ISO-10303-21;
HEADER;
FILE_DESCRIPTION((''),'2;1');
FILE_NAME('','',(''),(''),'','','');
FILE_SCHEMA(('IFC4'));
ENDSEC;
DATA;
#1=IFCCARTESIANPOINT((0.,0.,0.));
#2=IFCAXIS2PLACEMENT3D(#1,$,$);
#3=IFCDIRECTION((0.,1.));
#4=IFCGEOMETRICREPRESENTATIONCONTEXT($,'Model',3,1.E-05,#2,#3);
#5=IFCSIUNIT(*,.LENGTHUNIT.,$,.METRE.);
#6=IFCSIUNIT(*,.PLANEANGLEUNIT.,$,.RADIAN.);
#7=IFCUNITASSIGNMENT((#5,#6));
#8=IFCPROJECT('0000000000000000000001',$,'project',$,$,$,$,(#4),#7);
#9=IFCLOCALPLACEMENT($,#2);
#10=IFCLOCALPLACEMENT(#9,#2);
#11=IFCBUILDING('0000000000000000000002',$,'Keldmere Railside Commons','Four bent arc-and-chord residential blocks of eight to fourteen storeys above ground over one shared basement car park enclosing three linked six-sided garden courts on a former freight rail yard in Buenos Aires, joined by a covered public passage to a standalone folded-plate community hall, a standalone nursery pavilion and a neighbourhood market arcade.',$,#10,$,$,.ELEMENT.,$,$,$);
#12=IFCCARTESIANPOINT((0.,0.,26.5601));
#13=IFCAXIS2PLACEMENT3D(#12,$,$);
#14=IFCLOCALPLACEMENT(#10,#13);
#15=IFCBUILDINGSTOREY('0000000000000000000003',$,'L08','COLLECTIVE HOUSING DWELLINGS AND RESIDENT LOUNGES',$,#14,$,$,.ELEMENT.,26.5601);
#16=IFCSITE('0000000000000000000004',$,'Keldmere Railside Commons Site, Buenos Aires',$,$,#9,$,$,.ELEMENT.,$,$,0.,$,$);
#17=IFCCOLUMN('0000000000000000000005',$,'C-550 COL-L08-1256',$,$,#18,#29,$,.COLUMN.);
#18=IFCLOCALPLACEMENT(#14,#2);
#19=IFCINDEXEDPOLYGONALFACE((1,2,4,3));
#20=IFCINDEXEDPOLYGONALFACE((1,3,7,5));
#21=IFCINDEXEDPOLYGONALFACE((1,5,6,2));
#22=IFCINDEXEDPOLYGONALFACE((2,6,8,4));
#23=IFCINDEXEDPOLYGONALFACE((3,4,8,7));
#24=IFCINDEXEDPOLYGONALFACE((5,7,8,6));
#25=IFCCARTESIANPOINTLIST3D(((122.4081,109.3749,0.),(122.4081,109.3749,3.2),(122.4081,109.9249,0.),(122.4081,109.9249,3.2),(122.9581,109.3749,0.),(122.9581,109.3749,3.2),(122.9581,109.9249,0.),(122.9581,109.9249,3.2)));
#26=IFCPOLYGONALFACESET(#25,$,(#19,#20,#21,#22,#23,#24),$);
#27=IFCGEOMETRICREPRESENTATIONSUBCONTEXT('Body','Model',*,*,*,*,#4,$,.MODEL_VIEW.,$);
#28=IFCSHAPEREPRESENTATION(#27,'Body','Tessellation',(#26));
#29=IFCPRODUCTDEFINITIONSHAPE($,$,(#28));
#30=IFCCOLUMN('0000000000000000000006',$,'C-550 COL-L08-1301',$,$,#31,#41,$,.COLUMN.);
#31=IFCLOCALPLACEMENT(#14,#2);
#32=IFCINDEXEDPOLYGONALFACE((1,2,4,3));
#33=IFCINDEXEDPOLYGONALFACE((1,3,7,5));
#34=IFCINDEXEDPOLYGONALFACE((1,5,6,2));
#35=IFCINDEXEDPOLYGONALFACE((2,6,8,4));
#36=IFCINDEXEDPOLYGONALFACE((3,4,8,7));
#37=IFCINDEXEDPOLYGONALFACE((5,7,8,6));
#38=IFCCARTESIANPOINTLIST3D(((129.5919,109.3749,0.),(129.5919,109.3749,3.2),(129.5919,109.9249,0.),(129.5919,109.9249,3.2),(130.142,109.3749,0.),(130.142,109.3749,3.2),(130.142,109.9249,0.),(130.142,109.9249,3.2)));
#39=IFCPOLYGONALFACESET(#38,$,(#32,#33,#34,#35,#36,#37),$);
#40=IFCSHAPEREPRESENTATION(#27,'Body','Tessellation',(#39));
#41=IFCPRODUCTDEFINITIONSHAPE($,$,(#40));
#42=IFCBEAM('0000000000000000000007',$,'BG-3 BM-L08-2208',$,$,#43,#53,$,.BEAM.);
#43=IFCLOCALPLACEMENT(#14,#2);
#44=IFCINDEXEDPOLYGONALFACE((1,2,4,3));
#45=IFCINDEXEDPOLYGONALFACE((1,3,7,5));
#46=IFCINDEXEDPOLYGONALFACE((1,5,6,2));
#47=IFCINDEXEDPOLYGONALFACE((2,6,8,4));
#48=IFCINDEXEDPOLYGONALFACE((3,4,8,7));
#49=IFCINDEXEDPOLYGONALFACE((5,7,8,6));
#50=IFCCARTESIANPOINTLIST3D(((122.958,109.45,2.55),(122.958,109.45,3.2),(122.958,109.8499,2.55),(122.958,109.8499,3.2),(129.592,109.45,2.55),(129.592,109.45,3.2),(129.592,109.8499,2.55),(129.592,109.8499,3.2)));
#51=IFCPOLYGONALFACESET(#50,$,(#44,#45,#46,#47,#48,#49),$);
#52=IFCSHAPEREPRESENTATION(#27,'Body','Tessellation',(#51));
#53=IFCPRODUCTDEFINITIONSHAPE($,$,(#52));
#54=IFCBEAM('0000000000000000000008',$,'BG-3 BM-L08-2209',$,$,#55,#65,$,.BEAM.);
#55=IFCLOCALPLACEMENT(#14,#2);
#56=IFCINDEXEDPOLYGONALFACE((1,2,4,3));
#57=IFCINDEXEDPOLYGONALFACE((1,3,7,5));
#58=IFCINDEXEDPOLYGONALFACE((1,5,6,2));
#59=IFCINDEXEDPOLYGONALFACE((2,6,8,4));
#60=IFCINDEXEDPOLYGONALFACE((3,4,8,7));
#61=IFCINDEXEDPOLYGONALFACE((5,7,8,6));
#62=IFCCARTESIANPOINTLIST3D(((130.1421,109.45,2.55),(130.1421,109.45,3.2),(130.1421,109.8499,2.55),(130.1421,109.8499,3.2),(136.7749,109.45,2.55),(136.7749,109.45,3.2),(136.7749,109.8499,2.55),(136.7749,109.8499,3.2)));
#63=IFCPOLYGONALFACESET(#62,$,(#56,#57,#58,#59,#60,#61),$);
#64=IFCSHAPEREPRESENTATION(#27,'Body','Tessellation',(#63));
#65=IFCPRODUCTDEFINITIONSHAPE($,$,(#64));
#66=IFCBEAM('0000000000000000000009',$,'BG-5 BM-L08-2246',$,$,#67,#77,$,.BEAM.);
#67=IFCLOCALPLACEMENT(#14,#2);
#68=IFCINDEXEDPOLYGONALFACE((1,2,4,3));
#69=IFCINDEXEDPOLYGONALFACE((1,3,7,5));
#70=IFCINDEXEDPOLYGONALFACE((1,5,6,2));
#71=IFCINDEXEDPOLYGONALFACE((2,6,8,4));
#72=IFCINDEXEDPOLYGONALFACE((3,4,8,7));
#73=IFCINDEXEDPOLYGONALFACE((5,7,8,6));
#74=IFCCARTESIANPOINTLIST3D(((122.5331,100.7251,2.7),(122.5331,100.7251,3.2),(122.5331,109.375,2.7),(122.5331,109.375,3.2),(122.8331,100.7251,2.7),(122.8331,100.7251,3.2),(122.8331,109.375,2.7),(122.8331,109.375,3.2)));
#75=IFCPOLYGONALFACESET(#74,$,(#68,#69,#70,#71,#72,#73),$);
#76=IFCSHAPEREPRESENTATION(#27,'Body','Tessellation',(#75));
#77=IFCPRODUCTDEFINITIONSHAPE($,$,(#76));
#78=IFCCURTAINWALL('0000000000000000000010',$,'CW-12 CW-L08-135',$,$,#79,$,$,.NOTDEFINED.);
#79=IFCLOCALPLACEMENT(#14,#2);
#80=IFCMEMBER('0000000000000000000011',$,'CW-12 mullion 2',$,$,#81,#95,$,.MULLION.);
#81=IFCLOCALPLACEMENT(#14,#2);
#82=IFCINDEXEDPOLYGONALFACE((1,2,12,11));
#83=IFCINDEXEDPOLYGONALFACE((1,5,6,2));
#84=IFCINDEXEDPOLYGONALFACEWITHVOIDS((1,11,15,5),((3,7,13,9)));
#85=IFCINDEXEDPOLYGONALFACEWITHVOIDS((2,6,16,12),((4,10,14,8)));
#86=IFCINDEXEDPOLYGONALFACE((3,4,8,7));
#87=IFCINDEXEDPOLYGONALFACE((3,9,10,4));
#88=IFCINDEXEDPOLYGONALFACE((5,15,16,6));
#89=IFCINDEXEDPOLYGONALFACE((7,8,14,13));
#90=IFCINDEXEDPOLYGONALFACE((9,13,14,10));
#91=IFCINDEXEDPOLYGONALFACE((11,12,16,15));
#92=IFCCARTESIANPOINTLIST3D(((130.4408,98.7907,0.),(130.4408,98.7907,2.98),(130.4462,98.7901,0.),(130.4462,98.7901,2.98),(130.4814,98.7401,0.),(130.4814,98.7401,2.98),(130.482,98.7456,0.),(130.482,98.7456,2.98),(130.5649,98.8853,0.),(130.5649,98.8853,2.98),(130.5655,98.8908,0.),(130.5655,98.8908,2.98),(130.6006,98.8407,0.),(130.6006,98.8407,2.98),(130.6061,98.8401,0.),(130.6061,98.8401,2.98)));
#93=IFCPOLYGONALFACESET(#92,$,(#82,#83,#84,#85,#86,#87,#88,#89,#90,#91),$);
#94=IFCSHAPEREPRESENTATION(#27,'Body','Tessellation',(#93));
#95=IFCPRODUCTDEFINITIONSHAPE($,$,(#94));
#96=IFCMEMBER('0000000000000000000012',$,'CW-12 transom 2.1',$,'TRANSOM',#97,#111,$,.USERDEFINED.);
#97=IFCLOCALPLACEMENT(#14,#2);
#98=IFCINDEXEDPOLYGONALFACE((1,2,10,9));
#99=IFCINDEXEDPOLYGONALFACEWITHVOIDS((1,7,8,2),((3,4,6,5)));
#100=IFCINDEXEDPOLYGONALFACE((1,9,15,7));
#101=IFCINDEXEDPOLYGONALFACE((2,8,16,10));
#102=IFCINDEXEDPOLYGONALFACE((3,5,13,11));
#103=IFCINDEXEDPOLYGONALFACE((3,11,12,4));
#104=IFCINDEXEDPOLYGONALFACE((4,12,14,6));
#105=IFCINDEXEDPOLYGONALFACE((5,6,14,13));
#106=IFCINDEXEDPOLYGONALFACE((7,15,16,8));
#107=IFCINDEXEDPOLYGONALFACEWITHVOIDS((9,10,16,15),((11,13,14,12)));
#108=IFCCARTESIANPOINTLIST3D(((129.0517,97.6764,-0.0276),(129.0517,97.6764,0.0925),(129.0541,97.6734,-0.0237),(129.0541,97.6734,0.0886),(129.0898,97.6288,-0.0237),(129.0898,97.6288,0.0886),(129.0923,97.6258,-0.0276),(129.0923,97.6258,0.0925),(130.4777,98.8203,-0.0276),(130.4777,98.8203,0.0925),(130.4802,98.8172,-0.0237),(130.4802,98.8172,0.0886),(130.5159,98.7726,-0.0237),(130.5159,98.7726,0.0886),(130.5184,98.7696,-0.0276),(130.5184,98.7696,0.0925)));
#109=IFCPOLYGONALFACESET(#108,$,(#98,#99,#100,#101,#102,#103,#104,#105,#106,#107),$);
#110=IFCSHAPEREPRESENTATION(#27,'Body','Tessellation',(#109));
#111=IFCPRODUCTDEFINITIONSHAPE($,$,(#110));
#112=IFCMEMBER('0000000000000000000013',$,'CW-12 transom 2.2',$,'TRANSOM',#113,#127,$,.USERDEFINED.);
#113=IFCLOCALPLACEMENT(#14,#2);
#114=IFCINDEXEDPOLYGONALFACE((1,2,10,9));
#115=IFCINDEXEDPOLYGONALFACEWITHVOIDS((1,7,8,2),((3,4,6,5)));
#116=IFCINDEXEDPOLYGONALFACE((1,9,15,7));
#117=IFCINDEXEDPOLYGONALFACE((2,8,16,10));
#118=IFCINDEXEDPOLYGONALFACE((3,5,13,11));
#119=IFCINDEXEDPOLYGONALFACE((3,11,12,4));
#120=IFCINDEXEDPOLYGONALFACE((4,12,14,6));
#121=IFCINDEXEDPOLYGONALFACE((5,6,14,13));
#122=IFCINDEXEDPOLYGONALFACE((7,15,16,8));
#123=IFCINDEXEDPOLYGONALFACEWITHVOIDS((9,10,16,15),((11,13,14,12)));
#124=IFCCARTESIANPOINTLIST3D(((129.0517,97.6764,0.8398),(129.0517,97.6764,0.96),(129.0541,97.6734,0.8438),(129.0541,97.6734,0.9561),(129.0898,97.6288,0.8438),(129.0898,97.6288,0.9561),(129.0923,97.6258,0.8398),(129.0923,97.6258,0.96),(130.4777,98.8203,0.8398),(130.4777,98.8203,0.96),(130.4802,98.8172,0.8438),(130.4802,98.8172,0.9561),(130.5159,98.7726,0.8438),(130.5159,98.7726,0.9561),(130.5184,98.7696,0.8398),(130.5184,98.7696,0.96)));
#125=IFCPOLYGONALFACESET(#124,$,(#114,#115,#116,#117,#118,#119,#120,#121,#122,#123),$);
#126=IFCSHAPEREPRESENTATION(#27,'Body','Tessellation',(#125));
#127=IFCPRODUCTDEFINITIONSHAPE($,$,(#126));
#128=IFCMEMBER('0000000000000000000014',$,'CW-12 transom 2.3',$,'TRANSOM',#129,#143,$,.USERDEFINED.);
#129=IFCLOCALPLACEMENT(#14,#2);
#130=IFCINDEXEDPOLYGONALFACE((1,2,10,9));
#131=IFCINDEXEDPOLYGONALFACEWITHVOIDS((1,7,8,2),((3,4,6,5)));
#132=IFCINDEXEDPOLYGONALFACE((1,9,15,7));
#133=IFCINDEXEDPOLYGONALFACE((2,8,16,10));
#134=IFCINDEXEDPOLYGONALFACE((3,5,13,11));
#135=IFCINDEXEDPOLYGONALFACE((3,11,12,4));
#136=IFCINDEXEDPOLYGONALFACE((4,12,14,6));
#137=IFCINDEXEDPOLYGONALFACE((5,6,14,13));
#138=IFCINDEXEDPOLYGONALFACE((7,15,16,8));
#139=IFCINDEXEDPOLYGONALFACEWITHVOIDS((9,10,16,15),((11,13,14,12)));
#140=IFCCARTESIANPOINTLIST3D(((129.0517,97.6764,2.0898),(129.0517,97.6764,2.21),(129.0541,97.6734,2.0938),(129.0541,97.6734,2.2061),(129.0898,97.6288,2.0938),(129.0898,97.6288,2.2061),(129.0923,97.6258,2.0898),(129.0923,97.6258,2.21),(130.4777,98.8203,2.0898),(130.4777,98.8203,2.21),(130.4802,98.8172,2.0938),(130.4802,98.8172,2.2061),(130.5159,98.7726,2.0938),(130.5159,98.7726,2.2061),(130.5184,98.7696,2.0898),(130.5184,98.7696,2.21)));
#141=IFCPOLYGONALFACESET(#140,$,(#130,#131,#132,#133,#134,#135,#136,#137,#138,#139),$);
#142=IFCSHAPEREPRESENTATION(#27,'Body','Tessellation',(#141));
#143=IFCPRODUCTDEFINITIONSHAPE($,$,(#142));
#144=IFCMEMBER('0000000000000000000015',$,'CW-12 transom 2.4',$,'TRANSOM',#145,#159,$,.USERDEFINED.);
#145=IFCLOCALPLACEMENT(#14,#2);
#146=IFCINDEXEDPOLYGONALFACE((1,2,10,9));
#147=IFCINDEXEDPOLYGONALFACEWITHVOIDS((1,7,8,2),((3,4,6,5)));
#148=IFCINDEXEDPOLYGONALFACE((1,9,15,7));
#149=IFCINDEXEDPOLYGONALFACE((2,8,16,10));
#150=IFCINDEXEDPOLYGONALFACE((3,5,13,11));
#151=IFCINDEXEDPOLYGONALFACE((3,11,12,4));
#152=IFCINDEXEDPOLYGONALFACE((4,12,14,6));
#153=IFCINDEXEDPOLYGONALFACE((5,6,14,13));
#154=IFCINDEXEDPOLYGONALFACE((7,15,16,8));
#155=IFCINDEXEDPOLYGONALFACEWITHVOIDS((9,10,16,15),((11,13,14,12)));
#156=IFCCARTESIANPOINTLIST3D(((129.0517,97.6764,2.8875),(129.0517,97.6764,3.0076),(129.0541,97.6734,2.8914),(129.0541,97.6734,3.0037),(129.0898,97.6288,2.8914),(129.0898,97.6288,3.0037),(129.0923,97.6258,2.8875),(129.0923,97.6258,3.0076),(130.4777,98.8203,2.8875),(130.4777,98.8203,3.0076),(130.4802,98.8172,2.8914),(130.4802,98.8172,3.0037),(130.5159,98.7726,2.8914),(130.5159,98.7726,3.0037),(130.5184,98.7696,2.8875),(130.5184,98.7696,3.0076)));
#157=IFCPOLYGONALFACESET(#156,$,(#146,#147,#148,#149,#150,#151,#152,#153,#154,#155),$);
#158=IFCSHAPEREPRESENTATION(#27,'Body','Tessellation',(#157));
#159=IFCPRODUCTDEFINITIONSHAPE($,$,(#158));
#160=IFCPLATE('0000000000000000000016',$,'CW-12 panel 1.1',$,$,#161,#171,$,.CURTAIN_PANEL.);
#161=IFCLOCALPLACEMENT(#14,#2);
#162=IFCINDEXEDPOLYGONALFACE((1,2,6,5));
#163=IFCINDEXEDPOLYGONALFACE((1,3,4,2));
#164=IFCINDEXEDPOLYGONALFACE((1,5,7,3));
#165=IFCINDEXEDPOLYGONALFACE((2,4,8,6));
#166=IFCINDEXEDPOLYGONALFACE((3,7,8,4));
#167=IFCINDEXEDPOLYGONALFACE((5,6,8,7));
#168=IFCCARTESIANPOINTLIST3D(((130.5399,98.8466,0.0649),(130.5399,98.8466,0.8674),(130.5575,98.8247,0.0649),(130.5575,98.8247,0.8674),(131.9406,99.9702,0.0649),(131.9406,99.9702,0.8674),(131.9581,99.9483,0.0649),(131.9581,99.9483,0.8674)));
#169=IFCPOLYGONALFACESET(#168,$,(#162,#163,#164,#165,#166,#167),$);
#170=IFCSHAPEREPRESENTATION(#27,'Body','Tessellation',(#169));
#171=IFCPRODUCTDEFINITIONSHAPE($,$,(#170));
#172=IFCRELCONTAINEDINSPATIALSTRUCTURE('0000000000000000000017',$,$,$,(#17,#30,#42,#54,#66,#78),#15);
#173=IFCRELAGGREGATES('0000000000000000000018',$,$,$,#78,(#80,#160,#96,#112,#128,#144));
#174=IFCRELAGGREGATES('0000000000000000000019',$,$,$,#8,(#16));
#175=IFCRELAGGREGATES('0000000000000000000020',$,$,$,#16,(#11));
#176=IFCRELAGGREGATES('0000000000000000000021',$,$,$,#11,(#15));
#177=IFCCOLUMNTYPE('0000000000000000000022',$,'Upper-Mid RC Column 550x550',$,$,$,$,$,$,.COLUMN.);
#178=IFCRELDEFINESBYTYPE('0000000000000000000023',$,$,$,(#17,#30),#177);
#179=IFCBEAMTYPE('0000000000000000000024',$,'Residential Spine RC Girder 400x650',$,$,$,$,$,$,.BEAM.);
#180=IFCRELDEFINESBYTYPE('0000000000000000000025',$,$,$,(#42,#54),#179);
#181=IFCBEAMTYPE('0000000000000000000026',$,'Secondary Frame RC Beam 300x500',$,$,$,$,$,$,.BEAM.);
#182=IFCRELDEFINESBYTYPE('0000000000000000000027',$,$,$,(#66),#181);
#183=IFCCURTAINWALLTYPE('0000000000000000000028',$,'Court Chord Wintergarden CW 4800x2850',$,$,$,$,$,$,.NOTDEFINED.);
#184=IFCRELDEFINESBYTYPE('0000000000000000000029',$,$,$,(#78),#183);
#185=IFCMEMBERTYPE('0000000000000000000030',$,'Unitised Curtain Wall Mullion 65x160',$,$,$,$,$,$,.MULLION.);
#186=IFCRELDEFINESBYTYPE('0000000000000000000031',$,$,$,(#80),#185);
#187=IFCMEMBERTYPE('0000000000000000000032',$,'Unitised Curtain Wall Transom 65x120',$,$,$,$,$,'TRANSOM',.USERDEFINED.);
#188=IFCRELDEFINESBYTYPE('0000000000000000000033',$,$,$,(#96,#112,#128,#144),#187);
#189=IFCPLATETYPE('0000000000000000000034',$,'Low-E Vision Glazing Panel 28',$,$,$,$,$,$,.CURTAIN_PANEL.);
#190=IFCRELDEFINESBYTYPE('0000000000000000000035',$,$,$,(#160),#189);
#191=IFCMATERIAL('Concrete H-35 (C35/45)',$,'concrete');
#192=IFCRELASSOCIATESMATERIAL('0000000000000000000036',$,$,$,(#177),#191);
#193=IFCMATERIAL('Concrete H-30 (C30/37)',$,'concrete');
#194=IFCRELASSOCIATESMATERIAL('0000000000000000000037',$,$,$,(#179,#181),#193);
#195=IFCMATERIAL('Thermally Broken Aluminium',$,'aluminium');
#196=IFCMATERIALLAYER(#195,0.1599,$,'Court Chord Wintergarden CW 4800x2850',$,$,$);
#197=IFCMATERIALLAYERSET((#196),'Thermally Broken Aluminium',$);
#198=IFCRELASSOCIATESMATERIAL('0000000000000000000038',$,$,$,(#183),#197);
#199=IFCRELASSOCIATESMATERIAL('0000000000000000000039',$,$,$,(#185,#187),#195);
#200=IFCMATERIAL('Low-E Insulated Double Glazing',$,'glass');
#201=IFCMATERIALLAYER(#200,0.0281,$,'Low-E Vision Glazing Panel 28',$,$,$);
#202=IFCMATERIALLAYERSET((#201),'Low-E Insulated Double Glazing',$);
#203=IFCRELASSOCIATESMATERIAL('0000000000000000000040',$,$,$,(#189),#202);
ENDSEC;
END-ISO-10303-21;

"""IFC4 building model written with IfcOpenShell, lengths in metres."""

from ifc_helpers import new_model, si_unit, direction, frame, origin, origin_2d, place, context, subcontext, project, spatial, rectangle, hollow_rectangle, extrude, material, layer, layer_set, material_profile, profile_set, type_object, element, aggregate, save


model = new_model("IFC4")

# Units and contexts
model_context = context("Model", 3, precision=1e-05, world=origin(), true_north=direction((0.0, 1.0)))
body_context = subcontext(model_context, "Body", "Model", "MODEL_VIEW")
ifc_project = project(units=[si_unit("LENGTHUNIT", "METRE"), si_unit("PLANEANGLEUNIT", "RADIAN")], contexts=[model_context])

# Site, building, storey
site_placement = place(None, origin())
site = spatial("IfcSite", under=ifc_project, at=site_placement, Name="Keldmere Railside Commons Site, Buenos Aires", CompositionType="ELEMENT", RefElevation=0.0)
building_placement = place(site_placement, origin())
building = spatial("IfcBuilding", under=site, at=building_placement, Name="Keldmere Railside Commons", Description="Four bent arc-and-chord residential blocks of eight to fourteen storeys above ground over one shared basement car park enclosing three linked six-sided garden courts on a former freight rail yard in Buenos Aires, joined by a covered public passage to a standalone folded-plate community hall, a standalone nursery pavilion and a neighbourhood market arcade.", CompositionType="ELEMENT")
storey_placement = place(building_placement, frame((0.0, 0.0, 26.5601)))
storey = spatial("IfcBuildingStorey", under=building, at=storey_placement, Name="L08", Description="COLLECTIVE HOUSING DWELLINGS AND RESIDENT LOUNGES", CompositionType="ELEMENT", Elevation=26.5601)

# Columns
ifc_material_1 = material(Name="Concrete H-35 (C35/45)", Category="concrete")
ifc_material_profile_1 = material_profile(ifc_material_1, rectangle(XDim=0.55, YDim=0.55, at=origin_2d()), Name="RC-550x550")
ifc_profile_set_1 = profile_set([ifc_material_profile_1], Name="Concrete H-35 (C35/45)")
column_type = type_object("IfcColumnType", Name="Upper-Mid RC Column 550x550", PredefinedType="COLUMN", material=ifc_profile_set_1)
for number, where, z_axis, x_axis, name in (
    (1, (122.6831, 109.6499, 0.0), (0.0, 0.0, 1.0), (1.0, 0.0, 0.0), "C-550 COL-L08-1256"),
    (2, (129.8669, 109.6499, 0.0), (0.0, 0.0, 1.0), (1.0, 0.0, 0.0), "C-550 COL-L08-1301"),
):
    element("IfcColumn", number, at=place(storey_placement, frame(where, z_axis=z_axis, x_axis=x_axis)), inside=storey, type_object=column_type, Name=name, PredefinedType="COLUMN", context=body_context, shape_type="SweptSolid", body=[
        extrude(rectangle(XDim=0.55, YDim=0.55, at=origin_2d()), origin(), (0.0, 0.0, 1.0), 3.2),
    ])

# Beams
ifc_material_2 = material(Name="Concrete H-30 (C30/37)", Category="concrete")
ifc_material_profile_2 = material_profile(ifc_material_2, rectangle(XDim=0.3999, YDim=0.6499, at=origin_2d()), Name="RC-400x650")
ifc_profile_set_2 = profile_set([ifc_material_profile_2], Name="Concrete H-30 (C30/37)")
beam_type_1 = type_object("IfcBeamType", Name="Residential Spine RC Girder 400x650", PredefinedType="BEAM", material=ifc_profile_set_2)
beam_1_placement = place(storey_placement, frame((122.958, 109.6499, 2.875), z_axis=(1.0, 0.0, 0.0), x_axis=(0.0, 1.0, 0.0)))
element("IfcBeam", 3, at=beam_1_placement, inside=storey, type_object=beam_type_1, Name="BG-3 BM-L08-2208", PredefinedType="BEAM", context=body_context, shape_type="SweptSolid", body=[
    extrude(rectangle(XDim=0.3999, YDim=0.6499, at=origin_2d()), origin(), (0.0, 0.0, 1.0), 6.634),
])
beam_2_placement = place(storey_placement, frame((130.1421, 109.6499, 2.875), z_axis=(1.0, 0.0, 0.0), x_axis=(0.0, 1.0, 0.0)))
element("IfcBeam", 4, at=beam_2_placement, inside=storey, type_object=beam_type_1, Name="BG-3 BM-L08-2209", PredefinedType="BEAM", context=body_context, shape_type="SweptSolid", body=[
    extrude(rectangle(XDim=0.3999, YDim=0.6499, at=origin_2d()), origin(), (0.0, 0.0, 1.0), 6.6328),
])
ifc_material_profile_3 = material_profile(ifc_material_2, rectangle(XDim=0.3, YDim=0.5, at=origin_2d()), Name="RC-300x500")
ifc_profile_set_3 = profile_set([ifc_material_profile_3], Name="Concrete H-30 (C30/37)")
beam_type_2 = type_object("IfcBeamType", Name="Secondary Frame RC Beam 300x500", PredefinedType="BEAM", material=ifc_profile_set_3)
beam_3_placement = place(storey_placement, frame((122.6831, 100.7251, 2.95), z_axis=(0.0, 1.0, 0.0), x_axis=(-1.0, 0.0, 0.0)))
element("IfcBeam", 5, at=beam_3_placement, inside=storey, type_object=beam_type_2, Name="BG-5 BM-L08-2246", PredefinedType="BEAM", context=body_context, shape_type="SweptSolid", body=[
    extrude(rectangle(XDim=0.3, YDim=0.5, at=origin_2d()), origin(), (0.0, 0.0, 1.0), 8.6499),
])

# Curtain wall, members, plate
ifc_material_3 = material(Name="Thermally Broken Aluminium", Category="aluminium")
ifc_layer_1 = layer(ifc_material_3, 0.1599, Name="Court Chord Wintergarden CW 4800x2850")
ifc_layer_set_1 = layer_set([ifc_layer_1], Name="Thermally Broken Aluminium")
curtain_wall_type = type_object("IfcCurtainWallType", Name="Court Chord Wintergarden CW 4800x2850", PredefinedType="NOTDEFINED", material=ifc_layer_set_1)
curtain_wall_placement = place(storey_placement, origin())
curtain_wall = element("IfcCurtainWall", 6, at=curtain_wall_placement, inside=storey, type_object=curtain_wall_type, Name="CW-12 CW-L08-135", PredefinedType="NOTDEFINED")
ifc_material_profile_4 = material_profile(ifc_material_3, hollow_rectangle(XDim=0.0649, YDim=0.1599, WallThickness=0.0039, at=origin_2d()), Name="ALU-MULL-65x160")
ifc_profile_set_4 = profile_set([ifc_material_profile_4], Name="Thermally Broken Aluminium")
member_type_1 = type_object("IfcMemberType", Name="Unitised Curtain Wall Mullion 65x160", PredefinedType="MULLION", material=ifc_profile_set_4)
member_1_placement = place(storey_placement, frame((130.5234, 98.8154, 0.0), z_axis=(0.0, 0.0, 1.0), x_axis=(0.625768, -0.780009, 0.0)))
member_1 = element("IfcMember", 7, at=member_1_placement, type_object=member_type_1, Name="CW-12 mullion 2", PredefinedType="MULLION", context=body_context, shape_type="SweptSolid", body=[
    extrude(hollow_rectangle(XDim=0.0649, YDim=0.1599, WallThickness=0.0039, at=origin_2d()), origin(), (0.0, 0.0, 1.0), 2.98),
])
ifc_material_profile_5 = material_profile(ifc_material_3, hollow_rectangle(XDim=0.0649, YDim=0.1201, WallThickness=0.0039, at=origin_2d()), Name="ALU-TRAN-65x120")
ifc_profile_set_5 = profile_set([ifc_material_profile_5], Name="Thermally Broken Aluminium")
member_type_2 = type_object("IfcMemberType", Name="Unitised Curtain Wall Transom 65x120", ElementType="TRANSOM", PredefinedType="USERDEFINED", material=ifc_profile_set_5)
member_2_placement = place(storey_placement, frame((130.498, 98.7949, 0.0325), z_axis=(-0.780073, -0.625688, 0.0), x_axis=(0.625688, -0.780073, 0.0)))
member_2 = element("IfcMember", 8, at=member_2_placement, type_object=member_type_2, Name="CW-12 transom 2.1", ObjectType="TRANSOM", PredefinedType="USERDEFINED", context=body_context, shape_type="SweptSolid", body=[
    extrude(hollow_rectangle(XDim=0.0649, YDim=0.1201, WallThickness=0.0039, at=origin_2d()), origin(), (0.0, 0.0, 1.0), 1.8281),
])
member_3_placement = place(storey_placement, frame((130.498, 98.7949, 0.8999), z_axis=(-0.780073, -0.625688, 0.0), x_axis=(0.625688, -0.780073, 0.0)))
member_3 = element("IfcMember", 9, at=member_3_placement, type_object=member_type_2, Name="CW-12 transom 2.2", ObjectType="TRANSOM", PredefinedType="USERDEFINED", context=body_context, shape_type="SweptSolid", body=[
    extrude(hollow_rectangle(XDim=0.0649, YDim=0.1201, WallThickness=0.0039, at=origin_2d()), origin(), (0.0, 0.0, 1.0), 1.8281),
])
member_4_placement = place(storey_placement, frame((130.498, 98.7949, 2.1499), z_axis=(-0.780073, -0.625688, 0.0), x_axis=(0.625688, -0.780073, 0.0)))
member_4 = element("IfcMember", 10, at=member_4_placement, type_object=member_type_2, Name="CW-12 transom 2.3", ObjectType="TRANSOM", PredefinedType="USERDEFINED", context=body_context, shape_type="SweptSolid", body=[
    extrude(hollow_rectangle(XDim=0.0649, YDim=0.1201, WallThickness=0.0039, at=origin_2d()), origin(), (0.0, 0.0, 1.0), 1.8281),
])
member_5_placement = place(storey_placement, frame((130.498, 98.7949, 2.9475), z_axis=(-0.780073, -0.625688, 0.0), x_axis=(0.625688, -0.780073, 0.0)))
member_5 = element("IfcMember", 11, at=member_5_placement, type_object=member_type_2, Name="CW-12 transom 2.4", ObjectType="TRANSOM", PredefinedType="USERDEFINED", context=body_context, shape_type="SweptSolid", body=[
    extrude(hollow_rectangle(XDim=0.0649, YDim=0.1201, WallThickness=0.0039, at=origin_2d()), origin(), (0.0, 0.0, 1.0), 1.8281),
])
ifc_material_4 = material(Name="Low-E Insulated Double Glazing", Category="glass")
ifc_layer_2 = layer(ifc_material_4, 0.0281, Name="Low-E Vision Glazing Panel 28")
ifc_layer_set_2 = layer_set([ifc_layer_2], Name="Low-E Insulated Double Glazing")
plate_type = type_object("IfcPlateType", Name="Low-E Vision Glazing Panel 28", PredefinedType="CURTAIN_PANEL", material=ifc_layer_set_2)
plate_placement = place(storey_placement, frame((131.249, 99.3975, 0.0649), z_axis=(0.0, 0.0, 1.0), x_axis=(-0.780009, -0.625768, 0.0)))
plate = element("IfcPlate", 12, at=plate_placement, type_object=plate_type, Name="CW-12 panel 1.1", PredefinedType="CURTAIN_PANEL", context=body_context, shape_type="SweptSolid", body=[
    extrude(rectangle(XDim=1.7957, YDim=0.0281, at=origin_2d()), origin(), (0.0, 0.0, 1.0), 0.8025),
])
aggregate(curtain_wall, [member_1, plate, member_2, member_3, member_4, member_5])

save(model, "model.ifc")
